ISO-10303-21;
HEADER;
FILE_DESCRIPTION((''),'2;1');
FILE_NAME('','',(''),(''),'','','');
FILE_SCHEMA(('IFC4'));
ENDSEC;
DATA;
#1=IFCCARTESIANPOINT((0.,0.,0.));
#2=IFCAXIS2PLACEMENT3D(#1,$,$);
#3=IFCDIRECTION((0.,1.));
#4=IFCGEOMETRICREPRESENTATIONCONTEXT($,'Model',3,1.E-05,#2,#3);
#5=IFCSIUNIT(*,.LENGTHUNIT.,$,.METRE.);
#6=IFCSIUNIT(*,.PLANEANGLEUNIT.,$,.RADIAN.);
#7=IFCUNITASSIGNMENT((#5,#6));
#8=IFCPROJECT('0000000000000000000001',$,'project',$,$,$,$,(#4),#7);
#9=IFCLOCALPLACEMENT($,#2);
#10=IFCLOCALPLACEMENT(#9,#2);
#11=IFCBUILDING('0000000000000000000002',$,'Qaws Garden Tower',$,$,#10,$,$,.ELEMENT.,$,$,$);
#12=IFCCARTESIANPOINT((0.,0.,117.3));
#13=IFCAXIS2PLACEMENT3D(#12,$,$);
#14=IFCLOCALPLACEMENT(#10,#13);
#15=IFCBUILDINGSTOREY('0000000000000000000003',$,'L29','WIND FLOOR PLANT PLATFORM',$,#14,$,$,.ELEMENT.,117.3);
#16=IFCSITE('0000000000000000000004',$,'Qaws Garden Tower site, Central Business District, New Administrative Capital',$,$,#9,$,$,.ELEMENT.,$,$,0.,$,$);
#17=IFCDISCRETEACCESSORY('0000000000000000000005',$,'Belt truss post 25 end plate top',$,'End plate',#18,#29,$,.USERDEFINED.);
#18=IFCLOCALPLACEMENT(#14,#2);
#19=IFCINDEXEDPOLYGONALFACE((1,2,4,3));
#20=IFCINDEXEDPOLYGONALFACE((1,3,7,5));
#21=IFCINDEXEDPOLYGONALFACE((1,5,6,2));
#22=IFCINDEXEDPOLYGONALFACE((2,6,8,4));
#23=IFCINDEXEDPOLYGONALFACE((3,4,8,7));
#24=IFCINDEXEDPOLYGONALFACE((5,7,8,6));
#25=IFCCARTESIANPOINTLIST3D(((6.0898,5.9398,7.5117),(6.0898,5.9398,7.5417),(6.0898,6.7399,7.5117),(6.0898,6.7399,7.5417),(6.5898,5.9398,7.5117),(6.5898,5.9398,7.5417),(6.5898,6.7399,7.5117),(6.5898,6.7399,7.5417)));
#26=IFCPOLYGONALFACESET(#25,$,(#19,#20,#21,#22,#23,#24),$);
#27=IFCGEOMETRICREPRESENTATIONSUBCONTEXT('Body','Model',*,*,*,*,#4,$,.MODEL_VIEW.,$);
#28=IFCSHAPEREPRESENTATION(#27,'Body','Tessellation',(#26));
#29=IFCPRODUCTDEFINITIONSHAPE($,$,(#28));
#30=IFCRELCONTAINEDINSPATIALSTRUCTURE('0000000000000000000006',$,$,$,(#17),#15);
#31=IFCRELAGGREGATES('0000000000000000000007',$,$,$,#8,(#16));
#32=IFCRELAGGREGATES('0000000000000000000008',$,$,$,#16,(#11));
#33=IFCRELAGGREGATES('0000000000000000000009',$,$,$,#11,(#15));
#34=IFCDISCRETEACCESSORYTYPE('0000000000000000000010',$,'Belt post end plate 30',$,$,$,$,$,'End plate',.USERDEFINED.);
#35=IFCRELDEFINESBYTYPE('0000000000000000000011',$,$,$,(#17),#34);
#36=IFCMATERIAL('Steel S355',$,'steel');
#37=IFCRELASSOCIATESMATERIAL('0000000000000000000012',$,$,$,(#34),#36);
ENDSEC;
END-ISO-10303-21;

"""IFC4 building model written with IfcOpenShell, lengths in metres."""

from ifc_helpers import new_model, si_unit, direction, frame, origin, origin_2d, place, context, subcontext, project, spatial, rectangle, extrude, material, type_object, element, save


model = new_model("IFC4")

# Units and contexts
model_context = context("Model", 3, precision=1e-05, world=origin(), true_north=direction((0.0, 1.0)))
body_context = subcontext(model_context, "Body", "Model", "MODEL_VIEW")
ifc_project = project(units=[si_unit("LENGTHUNIT", "METRE"), si_unit("PLANEANGLEUNIT", "RADIAN")], contexts=[model_context])

# Site, building, storey
site_placement = place(None, origin())
site = spatial("IfcSite", under=ifc_project, at=site_placement, Name="Qaws Garden Tower site, Central Business District, New Administrative Capital", CompositionType="ELEMENT", RefElevation=0.0)
building_placement = place(site_placement, origin())
building = spatial("IfcBuilding", under=site, at=building_placement, Name="Qaws Garden Tower", CompositionType="ELEMENT")
storey_placement = place(building_placement, frame((0.0, 0.0, 117.3)))
storey = spatial("IfcBuildingStorey", under=building, at=storey_placement, Name="L29", Description="WIND FLOOR PLANT PLATFORM", CompositionType="ELEMENT", Elevation=117.3)

# Discrete accessory
ifc_material_1 = material(Name="Steel S355", Category="steel")
discrete_accessory_type = type_object("IfcDiscreteAccessoryType", Name="Belt post end plate 30", ElementType="End plate", PredefinedType="USERDEFINED", material=ifc_material_1)
discrete_accessory_1_placement = place(storey_placement, frame((6.3398, 6.3398, 7.5117), z_axis=(0.0, 0.0, 1.0), x_axis=(1.0, 0.0, 0.0)))
element("IfcDiscreteAccessory", 1, at=discrete_accessory_1_placement, inside=storey, type_object=discrete_accessory_type, Name="Belt truss post 25 end plate top", ObjectType="End plate", PredefinedType="USERDEFINED", context=body_context, shape_type="SweptSolid", body=[
    extrude(rectangle(XDim=0.5, YDim=0.8, at=origin_2d()), origin(), (0.0, 0.0, 1.0), 0.03),
])

save(model, "model.ifc")
